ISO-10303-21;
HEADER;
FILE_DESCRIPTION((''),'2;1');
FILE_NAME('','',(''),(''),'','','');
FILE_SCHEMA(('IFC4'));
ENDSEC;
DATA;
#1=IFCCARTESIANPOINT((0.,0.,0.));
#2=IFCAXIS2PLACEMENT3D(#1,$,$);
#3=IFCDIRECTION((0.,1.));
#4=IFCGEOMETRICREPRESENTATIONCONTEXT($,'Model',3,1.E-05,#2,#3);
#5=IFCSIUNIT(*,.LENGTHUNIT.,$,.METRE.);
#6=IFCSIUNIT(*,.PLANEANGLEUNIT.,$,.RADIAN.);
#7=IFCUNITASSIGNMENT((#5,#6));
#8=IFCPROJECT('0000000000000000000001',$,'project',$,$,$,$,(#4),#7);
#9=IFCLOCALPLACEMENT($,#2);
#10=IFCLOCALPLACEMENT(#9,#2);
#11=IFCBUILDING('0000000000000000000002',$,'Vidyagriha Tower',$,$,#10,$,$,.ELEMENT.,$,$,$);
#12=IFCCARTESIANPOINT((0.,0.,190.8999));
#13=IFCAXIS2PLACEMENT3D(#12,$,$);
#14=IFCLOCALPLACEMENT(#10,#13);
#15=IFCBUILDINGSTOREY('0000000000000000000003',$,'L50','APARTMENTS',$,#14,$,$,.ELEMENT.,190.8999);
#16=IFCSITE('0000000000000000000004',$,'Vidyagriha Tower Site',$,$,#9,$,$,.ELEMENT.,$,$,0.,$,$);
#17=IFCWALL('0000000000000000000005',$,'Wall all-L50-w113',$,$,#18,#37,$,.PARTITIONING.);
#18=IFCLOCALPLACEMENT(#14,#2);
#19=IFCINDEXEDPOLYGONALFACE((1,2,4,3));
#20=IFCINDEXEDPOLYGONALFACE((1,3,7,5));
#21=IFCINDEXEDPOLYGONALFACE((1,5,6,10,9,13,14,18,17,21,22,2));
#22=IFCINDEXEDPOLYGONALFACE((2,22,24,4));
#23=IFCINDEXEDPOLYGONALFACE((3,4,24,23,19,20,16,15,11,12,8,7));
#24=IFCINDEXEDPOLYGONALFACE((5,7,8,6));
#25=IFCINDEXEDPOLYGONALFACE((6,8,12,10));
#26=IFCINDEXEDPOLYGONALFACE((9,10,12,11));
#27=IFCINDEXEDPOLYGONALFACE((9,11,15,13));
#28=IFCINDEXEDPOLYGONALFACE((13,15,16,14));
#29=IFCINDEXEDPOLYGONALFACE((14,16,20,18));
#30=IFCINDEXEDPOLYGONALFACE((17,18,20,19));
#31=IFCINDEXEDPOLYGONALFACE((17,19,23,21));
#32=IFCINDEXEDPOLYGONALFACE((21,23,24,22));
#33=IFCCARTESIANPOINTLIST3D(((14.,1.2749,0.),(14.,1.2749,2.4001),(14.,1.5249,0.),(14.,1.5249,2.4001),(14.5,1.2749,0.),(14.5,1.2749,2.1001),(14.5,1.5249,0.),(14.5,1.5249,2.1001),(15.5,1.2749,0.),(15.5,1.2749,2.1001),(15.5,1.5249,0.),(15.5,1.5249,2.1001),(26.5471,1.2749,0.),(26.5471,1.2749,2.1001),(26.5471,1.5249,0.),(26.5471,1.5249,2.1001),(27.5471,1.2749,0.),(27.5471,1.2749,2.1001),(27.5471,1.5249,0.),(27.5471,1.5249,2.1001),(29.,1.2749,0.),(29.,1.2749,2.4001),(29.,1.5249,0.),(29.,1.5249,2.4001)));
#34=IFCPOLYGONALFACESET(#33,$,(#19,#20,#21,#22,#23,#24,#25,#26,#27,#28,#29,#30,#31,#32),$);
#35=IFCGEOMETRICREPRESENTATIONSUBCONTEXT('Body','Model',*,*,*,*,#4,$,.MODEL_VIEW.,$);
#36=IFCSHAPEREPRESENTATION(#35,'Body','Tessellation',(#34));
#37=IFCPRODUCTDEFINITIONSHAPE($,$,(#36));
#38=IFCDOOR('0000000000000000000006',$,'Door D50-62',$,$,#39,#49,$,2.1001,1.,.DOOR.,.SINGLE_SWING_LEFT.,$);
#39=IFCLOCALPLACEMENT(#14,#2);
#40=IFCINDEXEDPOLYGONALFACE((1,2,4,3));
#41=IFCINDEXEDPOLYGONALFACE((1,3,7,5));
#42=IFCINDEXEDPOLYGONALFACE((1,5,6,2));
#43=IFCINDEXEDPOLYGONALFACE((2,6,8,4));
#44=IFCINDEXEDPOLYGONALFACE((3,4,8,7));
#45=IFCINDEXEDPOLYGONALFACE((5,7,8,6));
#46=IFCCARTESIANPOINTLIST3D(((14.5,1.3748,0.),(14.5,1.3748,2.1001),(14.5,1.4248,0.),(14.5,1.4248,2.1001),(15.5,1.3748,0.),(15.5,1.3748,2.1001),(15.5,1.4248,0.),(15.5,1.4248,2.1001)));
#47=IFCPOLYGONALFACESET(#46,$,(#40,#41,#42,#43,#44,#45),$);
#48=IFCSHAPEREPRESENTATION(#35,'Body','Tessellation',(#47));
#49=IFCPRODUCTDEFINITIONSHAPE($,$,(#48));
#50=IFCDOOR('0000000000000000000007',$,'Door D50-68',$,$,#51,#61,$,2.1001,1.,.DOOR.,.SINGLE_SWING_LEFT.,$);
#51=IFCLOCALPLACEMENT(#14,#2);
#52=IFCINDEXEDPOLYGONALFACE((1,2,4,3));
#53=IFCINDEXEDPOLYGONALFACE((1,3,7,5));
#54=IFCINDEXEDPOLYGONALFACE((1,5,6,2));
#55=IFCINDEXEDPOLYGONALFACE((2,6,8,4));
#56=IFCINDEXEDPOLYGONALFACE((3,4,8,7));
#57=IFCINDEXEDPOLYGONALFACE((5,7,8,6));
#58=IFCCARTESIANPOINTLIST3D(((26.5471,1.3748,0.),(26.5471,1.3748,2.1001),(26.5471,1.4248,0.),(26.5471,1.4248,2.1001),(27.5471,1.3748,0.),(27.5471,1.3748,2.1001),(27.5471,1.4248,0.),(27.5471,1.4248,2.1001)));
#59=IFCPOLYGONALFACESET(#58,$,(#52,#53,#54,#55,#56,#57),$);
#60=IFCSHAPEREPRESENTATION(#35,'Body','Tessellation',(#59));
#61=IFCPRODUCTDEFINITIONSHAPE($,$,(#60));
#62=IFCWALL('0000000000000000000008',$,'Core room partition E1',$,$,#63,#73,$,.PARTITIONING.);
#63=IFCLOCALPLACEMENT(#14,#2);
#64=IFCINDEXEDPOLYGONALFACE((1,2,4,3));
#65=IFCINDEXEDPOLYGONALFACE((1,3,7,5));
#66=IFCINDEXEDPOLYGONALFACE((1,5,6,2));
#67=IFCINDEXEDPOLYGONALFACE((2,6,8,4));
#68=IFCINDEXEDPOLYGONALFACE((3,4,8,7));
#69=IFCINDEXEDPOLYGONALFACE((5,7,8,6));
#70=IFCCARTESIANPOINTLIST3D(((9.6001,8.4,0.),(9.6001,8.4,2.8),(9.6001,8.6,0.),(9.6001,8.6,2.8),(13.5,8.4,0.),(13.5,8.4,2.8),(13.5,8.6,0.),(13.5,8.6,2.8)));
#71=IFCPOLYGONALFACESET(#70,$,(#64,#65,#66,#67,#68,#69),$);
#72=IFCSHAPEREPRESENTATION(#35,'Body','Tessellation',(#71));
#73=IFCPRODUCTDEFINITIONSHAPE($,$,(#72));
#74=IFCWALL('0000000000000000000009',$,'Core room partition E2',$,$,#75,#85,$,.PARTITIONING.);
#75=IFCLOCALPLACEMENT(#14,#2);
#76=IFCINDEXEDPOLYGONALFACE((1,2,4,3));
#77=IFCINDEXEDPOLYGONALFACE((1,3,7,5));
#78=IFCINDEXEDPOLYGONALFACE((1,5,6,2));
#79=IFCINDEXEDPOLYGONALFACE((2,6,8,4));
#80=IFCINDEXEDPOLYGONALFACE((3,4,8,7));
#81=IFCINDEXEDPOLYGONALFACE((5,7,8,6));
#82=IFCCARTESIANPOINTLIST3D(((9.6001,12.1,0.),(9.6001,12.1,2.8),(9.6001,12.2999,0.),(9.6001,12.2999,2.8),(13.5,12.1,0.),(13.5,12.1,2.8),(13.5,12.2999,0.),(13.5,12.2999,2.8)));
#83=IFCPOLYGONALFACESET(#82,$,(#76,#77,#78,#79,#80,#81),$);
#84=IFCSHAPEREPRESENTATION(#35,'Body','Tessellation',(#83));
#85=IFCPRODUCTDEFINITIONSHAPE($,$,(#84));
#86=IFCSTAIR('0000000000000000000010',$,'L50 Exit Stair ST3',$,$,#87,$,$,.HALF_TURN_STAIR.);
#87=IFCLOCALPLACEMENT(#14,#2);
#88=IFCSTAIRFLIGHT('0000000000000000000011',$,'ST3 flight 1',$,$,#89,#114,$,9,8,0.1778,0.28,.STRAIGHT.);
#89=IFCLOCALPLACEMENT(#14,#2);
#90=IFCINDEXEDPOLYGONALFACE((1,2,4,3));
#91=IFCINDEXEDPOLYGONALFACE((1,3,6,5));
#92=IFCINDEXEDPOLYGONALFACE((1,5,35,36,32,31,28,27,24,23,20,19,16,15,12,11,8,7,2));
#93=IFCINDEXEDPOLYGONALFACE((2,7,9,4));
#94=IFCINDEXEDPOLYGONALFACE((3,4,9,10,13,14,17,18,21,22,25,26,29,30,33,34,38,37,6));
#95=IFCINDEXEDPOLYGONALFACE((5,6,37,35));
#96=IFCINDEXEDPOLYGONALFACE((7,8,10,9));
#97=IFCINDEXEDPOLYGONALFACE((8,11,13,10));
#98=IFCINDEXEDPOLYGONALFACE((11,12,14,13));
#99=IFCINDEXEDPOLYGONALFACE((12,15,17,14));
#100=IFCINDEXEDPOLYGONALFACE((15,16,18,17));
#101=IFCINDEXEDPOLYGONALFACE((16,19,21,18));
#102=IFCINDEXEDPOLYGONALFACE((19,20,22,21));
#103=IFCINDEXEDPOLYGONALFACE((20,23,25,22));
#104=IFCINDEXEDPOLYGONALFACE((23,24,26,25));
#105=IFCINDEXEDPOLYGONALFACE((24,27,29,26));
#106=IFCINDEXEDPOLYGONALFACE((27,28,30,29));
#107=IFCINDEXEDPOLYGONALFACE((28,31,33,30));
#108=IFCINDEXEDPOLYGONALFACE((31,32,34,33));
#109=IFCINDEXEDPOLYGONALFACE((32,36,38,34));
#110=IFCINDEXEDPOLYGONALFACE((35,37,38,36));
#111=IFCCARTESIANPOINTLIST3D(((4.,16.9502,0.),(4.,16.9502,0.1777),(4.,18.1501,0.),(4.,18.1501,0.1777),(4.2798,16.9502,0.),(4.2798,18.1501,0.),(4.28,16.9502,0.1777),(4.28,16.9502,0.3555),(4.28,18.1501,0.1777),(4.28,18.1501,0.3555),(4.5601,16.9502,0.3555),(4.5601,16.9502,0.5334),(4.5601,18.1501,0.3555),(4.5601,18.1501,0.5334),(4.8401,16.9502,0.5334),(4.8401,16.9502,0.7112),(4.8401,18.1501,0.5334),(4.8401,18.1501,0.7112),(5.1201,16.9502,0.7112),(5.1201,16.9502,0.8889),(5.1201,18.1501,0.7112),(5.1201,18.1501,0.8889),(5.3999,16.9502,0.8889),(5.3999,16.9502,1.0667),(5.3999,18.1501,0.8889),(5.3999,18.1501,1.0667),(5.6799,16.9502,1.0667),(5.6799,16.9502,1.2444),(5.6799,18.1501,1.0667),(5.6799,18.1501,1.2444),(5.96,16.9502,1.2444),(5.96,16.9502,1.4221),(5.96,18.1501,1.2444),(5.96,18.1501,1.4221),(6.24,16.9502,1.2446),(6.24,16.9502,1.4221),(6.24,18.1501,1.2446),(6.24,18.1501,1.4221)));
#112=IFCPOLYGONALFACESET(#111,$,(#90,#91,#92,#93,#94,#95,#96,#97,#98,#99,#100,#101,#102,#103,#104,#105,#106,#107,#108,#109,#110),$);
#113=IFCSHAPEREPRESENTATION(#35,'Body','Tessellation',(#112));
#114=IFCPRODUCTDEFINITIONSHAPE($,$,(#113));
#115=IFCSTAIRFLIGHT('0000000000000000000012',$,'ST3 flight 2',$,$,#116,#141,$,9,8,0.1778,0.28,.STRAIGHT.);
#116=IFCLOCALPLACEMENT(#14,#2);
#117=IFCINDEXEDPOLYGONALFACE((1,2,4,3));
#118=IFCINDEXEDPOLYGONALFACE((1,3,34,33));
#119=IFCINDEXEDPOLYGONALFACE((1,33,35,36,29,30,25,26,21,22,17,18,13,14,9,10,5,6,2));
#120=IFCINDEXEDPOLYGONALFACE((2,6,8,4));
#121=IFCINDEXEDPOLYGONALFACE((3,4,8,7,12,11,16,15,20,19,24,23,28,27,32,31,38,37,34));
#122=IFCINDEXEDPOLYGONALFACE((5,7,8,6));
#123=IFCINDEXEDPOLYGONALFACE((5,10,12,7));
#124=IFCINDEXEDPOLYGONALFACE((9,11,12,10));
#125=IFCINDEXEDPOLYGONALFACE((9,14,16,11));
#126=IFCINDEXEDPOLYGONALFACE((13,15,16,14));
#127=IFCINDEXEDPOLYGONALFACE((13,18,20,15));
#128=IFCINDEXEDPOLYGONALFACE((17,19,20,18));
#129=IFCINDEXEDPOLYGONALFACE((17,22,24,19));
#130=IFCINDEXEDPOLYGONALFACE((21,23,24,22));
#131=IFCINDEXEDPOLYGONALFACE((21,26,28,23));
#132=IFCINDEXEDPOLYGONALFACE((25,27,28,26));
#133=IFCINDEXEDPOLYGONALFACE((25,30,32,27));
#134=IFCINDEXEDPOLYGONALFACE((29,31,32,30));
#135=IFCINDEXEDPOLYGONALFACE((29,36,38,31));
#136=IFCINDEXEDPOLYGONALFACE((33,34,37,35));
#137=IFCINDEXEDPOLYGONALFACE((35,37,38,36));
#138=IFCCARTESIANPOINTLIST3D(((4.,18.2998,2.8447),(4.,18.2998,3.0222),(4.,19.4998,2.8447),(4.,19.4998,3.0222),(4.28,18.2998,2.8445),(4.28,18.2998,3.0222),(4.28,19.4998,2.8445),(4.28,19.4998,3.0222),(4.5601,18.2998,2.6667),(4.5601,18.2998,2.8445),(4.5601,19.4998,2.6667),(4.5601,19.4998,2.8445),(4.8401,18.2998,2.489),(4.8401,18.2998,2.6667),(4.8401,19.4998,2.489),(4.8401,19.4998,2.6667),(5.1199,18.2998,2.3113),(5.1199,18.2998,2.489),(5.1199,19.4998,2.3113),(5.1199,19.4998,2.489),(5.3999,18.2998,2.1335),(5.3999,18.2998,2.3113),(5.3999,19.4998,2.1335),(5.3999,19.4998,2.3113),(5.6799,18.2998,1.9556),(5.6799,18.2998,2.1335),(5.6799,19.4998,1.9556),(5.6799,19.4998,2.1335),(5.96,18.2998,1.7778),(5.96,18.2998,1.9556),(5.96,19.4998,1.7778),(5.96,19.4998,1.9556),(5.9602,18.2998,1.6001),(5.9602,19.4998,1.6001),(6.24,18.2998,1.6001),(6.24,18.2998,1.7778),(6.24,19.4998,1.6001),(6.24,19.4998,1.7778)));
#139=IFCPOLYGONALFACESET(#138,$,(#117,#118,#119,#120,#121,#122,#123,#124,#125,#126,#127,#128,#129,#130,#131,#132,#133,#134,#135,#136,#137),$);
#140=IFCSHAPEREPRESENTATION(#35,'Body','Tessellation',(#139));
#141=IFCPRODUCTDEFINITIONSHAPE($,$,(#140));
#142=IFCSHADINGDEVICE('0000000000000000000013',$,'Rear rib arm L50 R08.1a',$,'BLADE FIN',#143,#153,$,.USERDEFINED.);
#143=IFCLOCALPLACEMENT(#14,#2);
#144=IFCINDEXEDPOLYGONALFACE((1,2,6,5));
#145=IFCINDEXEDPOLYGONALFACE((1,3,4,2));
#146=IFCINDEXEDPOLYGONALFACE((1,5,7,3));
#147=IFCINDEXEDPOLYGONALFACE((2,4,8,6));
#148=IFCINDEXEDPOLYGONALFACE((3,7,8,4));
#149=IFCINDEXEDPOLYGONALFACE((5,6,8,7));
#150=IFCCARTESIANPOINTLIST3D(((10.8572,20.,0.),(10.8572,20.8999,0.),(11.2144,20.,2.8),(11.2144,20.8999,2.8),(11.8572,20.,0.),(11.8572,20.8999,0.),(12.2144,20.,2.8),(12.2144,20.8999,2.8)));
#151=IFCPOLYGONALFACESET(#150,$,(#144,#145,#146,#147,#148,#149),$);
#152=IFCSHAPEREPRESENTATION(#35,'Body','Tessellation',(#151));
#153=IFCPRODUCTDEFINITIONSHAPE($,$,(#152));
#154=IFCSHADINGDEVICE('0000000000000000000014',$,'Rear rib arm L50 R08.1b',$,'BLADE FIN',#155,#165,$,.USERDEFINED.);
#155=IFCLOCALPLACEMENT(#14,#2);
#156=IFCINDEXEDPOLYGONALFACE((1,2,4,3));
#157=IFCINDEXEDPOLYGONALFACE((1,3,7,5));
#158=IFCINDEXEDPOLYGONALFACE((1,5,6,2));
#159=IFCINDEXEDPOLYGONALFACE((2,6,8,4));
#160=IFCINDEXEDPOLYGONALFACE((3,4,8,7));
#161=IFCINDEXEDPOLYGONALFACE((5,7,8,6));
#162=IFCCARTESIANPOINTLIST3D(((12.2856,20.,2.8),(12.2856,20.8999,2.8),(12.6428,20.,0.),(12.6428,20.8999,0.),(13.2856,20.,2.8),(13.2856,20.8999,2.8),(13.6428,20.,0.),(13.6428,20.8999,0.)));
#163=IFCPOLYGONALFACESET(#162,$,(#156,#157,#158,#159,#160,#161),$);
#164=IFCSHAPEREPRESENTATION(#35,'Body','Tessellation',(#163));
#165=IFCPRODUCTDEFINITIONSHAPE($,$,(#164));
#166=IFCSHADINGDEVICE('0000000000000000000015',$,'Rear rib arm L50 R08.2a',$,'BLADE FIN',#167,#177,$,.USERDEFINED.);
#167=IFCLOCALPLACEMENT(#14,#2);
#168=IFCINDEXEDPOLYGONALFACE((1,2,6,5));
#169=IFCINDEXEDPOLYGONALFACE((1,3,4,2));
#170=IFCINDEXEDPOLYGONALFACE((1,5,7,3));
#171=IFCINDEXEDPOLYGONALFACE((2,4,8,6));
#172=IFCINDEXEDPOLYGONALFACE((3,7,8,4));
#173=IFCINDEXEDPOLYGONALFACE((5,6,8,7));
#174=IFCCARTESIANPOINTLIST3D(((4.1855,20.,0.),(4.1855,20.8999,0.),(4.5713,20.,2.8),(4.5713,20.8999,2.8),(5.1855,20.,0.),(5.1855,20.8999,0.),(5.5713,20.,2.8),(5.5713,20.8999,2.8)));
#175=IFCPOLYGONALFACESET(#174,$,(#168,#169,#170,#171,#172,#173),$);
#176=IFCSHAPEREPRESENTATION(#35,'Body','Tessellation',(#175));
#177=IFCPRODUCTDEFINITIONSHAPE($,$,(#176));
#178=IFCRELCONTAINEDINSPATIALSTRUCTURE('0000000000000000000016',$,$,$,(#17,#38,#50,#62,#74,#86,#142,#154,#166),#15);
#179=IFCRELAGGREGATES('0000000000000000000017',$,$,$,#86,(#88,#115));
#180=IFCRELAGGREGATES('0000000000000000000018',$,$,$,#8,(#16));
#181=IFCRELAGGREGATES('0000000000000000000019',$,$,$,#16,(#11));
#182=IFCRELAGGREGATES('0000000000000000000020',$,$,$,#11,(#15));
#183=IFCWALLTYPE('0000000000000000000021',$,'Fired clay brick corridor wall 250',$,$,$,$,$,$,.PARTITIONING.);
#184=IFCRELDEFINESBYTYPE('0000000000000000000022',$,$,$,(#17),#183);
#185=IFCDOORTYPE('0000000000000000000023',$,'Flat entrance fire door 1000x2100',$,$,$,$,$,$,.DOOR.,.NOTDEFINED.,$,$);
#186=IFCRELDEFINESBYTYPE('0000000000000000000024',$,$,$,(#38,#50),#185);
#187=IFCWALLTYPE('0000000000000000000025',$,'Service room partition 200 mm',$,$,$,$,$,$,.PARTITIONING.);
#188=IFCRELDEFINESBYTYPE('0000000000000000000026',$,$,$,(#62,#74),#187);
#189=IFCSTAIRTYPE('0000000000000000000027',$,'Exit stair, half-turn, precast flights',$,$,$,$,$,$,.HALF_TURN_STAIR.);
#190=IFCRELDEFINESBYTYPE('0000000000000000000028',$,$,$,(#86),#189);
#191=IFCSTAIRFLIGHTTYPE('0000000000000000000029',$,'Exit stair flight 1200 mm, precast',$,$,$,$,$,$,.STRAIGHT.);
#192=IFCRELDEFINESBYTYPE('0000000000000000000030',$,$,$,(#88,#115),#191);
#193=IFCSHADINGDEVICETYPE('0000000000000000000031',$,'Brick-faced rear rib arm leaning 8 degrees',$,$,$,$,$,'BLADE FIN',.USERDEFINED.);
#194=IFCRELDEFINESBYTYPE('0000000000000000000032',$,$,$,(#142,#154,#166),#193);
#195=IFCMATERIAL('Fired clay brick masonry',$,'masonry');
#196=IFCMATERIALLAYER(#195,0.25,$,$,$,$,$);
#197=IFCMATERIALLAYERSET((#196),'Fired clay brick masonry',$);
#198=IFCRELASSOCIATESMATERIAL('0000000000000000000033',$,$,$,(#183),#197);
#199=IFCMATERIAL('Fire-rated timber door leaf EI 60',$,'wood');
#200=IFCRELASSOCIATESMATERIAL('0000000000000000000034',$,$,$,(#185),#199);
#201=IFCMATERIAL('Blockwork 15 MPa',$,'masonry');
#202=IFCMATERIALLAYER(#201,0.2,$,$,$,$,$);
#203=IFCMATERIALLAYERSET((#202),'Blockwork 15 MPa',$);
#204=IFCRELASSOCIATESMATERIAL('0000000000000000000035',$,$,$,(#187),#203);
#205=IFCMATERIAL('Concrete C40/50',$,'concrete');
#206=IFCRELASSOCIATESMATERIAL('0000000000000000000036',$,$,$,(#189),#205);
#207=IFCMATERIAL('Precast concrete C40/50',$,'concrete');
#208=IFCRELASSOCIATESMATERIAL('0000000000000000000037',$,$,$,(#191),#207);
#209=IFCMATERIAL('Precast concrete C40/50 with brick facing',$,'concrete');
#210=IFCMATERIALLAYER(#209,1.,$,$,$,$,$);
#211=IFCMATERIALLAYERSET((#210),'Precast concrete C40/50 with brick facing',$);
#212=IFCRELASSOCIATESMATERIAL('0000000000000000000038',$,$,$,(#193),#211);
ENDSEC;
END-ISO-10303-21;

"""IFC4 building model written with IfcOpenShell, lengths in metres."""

from ifc_helpers import new_model, si_unit, direction, frame, frame_2d, origin, place, context, subcontext, project, spatial, polyline, rectangle, outline, extrude, material, layer, layer_set, type_object, element, fill, aggregate, save


model = new_model("IFC4")

# Units and contexts
model_context = context("Model", 3, precision=1e-05, world=origin(), true_north=direction((0.0, 1.0)))
body_context = subcontext(model_context, "Body", "Model", "MODEL_VIEW")
ifc_project = project(units=[si_unit("LENGTHUNIT", "METRE"), si_unit("PLANEANGLEUNIT", "RADIAN")], contexts=[model_context])

# Site, building, storey
site_placement = place(None, origin())
site = spatial("IfcSite", under=ifc_project, at=site_placement, Name="Vidyagriha Tower Site", CompositionType="ELEMENT", RefElevation=0.0)
building_placement = place(site_placement, origin())
building = spatial("IfcBuilding", under=site, at=building_placement, Name="Vidyagriha Tower", CompositionType="ELEMENT")
storey_placement = place(building_placement, frame((0.0, 0.0, 190.8999)))
storey = spatial("IfcBuildingStorey", under=building, at=storey_placement, Name="L50", Description="APARTMENTS", CompositionType="ELEMENT", Elevation=190.8999)

# Wall, openings, doors
ifc_material_1 = material(Name="Fired clay brick masonry", Category="masonry")
ifc_layer_1 = layer(ifc_material_1, 0.25)
ifc_layer_set_1 = layer_set([ifc_layer_1], Name="Fired clay brick masonry")
wall_type_1 = type_object("IfcWallType", Name="Fired clay brick corridor wall 250", PredefinedType="PARTITIONING", material=ifc_layer_set_1)
wall_1_placement = place(storey_placement, frame((14.0, 1.3999, 0.0)))
wall_1 = element("IfcWall", 1, at=wall_1_placement, inside=storey, type_object=wall_type_1, Name="Wall all-L50-w113", PredefinedType="PARTITIONING", context=body_context, shape_type="SweptSolid", body=[
    extrude(rectangle(XDim=15.0, YDim=0.25, at=frame_2d((7.5, 0.0))), origin(), (0.0, 0.0, 1.0), 2.4001),
])
opening_1_placement = place(wall_1_placement, frame((0.5, 0.0, 0.0)))
opening_1 = element("IfcOpeningElement", 2, at=opening_1_placement, cuts=wall_1, PredefinedType="OPENING", context=body_context, shape_type="SweptSolid", body=[
    extrude(rectangle(XDim=1.0, YDim=2.1001, at=frame_2d((0.5, 1.05))), frame((0.0, 0.135, 0.0), z_axis=(0.0, -1.0, 0.0), x_axis=(1.0, 0.0, 0.0)), (0.0, 0.0, 1.0), 0.27),
])
opening_2_placement = place(wall_1_placement, frame((12.5471, 0.0, 0.0)))
opening_2 = element("IfcOpeningElement", 3, at=opening_2_placement, cuts=wall_1, PredefinedType="OPENING", context=body_context, shape_type="SweptSolid", body=[
    extrude(rectangle(XDim=1.0, YDim=2.1001, at=frame_2d((0.5, 1.05))), frame((0.0, 0.135, 0.0), z_axis=(0.0, -1.0, 0.0), x_axis=(1.0, 0.0, 0.0)), (0.0, 0.0, 1.0), 0.27),
])
ifc_material_2 = material(Name="Fire-rated timber door leaf EI 60", Category="wood")
door_type_1 = type_object("IfcDoorType", Name="Flat entrance fire door 1000x2100", OperationType="NOTDEFINED", PredefinedType="DOOR", material=ifc_material_2)
door_1_placement = place(opening_1_placement, origin())
door_1 = element("IfcDoor", 4, at=door_1_placement, inside=storey, type_object=door_type_1, Name="Door D50-62", OperationType="SINGLE_SWING_LEFT", OverallHeight=2.1001, OverallWidth=1.0, PredefinedType="DOOR", context=body_context, shape_type="SweptSolid", body=[
    extrude(rectangle(XDim=1.0, YDim=2.1001, at=frame_2d((0.5, 1.05))), frame((0.0, 0.0249, 0.0), z_axis=(0.0, -1.0, 0.0), x_axis=(1.0, 0.0, 0.0)), (0.0, 0.0, 1.0), 0.05),
])
fill(opening_1, door_1)
door_2_placement = place(opening_2_placement, origin())
door_2 = element("IfcDoor", 5, at=door_2_placement, inside=storey, type_object=door_type_1, Name="Door D50-68", OperationType="SINGLE_SWING_LEFT", OverallHeight=2.1001, OverallWidth=1.0, PredefinedType="DOOR", context=body_context, shape_type="SweptSolid", body=[
    extrude(rectangle(XDim=1.0, YDim=2.1001, at=frame_2d((0.5, 1.05))), frame((0.0, 0.0249, 0.0), z_axis=(0.0, -1.0, 0.0), x_axis=(1.0, 0.0, 0.0)), (0.0, 0.0, 1.0), 0.05),
])
fill(opening_2, door_2)

# Walls
ifc_material_3 = material(Name="Blockwork 15 MPa", Category="masonry")
ifc_layer_2 = layer(ifc_material_3, 0.2)
ifc_layer_set_2 = layer_set([ifc_layer_2], Name="Blockwork 15 MPa")
wall_type_2 = type_object("IfcWallType", Name="Service room partition 200 mm", PredefinedType="PARTITIONING", material=ifc_layer_set_2)
for number, where, name in (
    (6, (9.6001, 8.5, 0.0), "Core room partition E1"),
    (7, (9.6001, 12.2, 0.0), "Core room partition E2"),
):
    element("IfcWall", number, at=place(storey_placement, frame(where)), inside=storey, type_object=wall_type_2, Name=name, PredefinedType="PARTITIONING", context=body_context, shape_type="SweptSolid", body=[
        extrude(rectangle(XDim=3.8999, YDim=0.2, at=frame_2d((1.95, 0.0))), origin(), (0.0, 0.0, 1.0), 2.8),
    ])

# Stair, stair flights
ifc_material_4 = material(Name="Concrete C40/50", Category="concrete")
stair_type = type_object("IfcStairType", Name="Exit stair, half-turn, precast flights", PredefinedType="HALF_TURN_STAIR", material=ifc_material_4)
stair_placement = place(storey_placement, origin())
stair = element("IfcStair", 8, at=stair_placement, inside=storey, type_object=stair_type, Name="L50 Exit Stair ST3", PredefinedType="HALF_TURN_STAIR")
ifc_material_5 = material(Name="Precast concrete C40/50", Category="concrete")
stair_flight_type = type_object("IfcStairFlightType", Name="Exit stair flight 1200 mm, precast", PredefinedType="STRAIGHT", material=ifc_material_5)
stair_flight_1_placement = place(storey_placement, frame((4.0, 17.55, 0.0)))
stair_flight_1 = element("IfcStairFlight", 9, at=stair_flight_1_placement, type_object=stair_flight_type, Name="ST3 flight 1", NumberOfRisers=9, NumberOfTreads=8, PredefinedType="STRAIGHT", RiserHeight=0.1778, TreadLength=0.28, context=body_context, shape_type="SweptSolid", body=[
    extrude(outline(polyline([(0.0, 0.0), (0.0, 0.1777), (0.28, 0.1777), (0.28, 0.3555), (0.5601, 0.3555), (0.5601, 0.5334), (0.8401, 0.5334), (0.8401, 0.7112), (1.1201, 0.7112), (1.1201, 0.8889), (1.3999, 0.8889), (1.3999, 1.0667), (1.6799, 1.0667), (1.6799, 1.2444), (1.96, 1.2444), (1.96, 1.4221), (2.24, 1.4221), (2.24, 1.6001), (2.24, 1.2446), (0.2798, 0.0), (0.0, 0.0)])), frame((0.0, 0.6001, 0.0), z_axis=(0.0, -1.0, 0.0), x_axis=(1.0, 0.0, 0.0)), (0.0, 0.0, 1.0), 1.2),
])
stair_flight_2_placement = place(storey_placement, frame((6.24, 18.8999, 1.6001), z_axis=(0.0, 0.0, 1.0), x_axis=(-1.0, 0.0, 0.0)))
stair_flight_2 = element("IfcStairFlight", 10, at=stair_flight_2_placement, type_object=stair_flight_type, Name="ST3 flight 2", NumberOfRisers=9, NumberOfTreads=8, PredefinedType="STRAIGHT", RiserHeight=0.1778, TreadLength=0.28, context=body_context, shape_type="SweptSolid", body=[
    extrude(outline(polyline([(0.0, 0.0), (0.0, 0.1777), (0.28, 0.1777), (0.28, 0.3555), (0.5601, 0.3555), (0.5601, 0.5334), (0.8401, 0.5334), (0.8401, 0.7112), (1.1201, 0.7112), (1.1201, 0.8889), (1.3999, 0.8889), (1.3999, 1.0667), (1.6799, 1.0667), (1.6799, 1.2444), (1.96, 1.2444), (1.96, 1.4221), (2.24, 1.4221), (2.24, 1.6001), (2.24, 1.2446), (0.2798, 0.0), (0.0, 0.0)])), frame((0.0, 0.6001, 0.0), z_axis=(0.0, -1.0, 0.0), x_axis=(1.0, 0.0, 0.0)), (0.0, 0.0, 1.0), 1.2),
])
aggregate(stair, [stair_flight_1, stair_flight_2])

# Shading devices
ifc_material_6 = material(Name="Precast concrete C40/50 with brick facing", Category="concrete")
ifc_layer_3 = layer(ifc_material_6, 1.0)
ifc_layer_set_3 = layer_set([ifc_layer_3], Name="Precast concrete C40/50 with brick facing")
shading_device_type = type_object("IfcShadingDeviceType", Name="Brick-faced rear rib arm leaning 8 degrees", ElementType="BLADE FIN", PredefinedType="USERDEFINED", material=ifc_layer_set_3)
shading_device_1_placement = place(storey_placement, frame((12.2144, 20.45, 0.0), z_axis=(0.0, 0.0, 1.0), x_axis=(-1.0, 0.0, 0.0)))
element("IfcShadingDevice", 11, at=shading_device_1_placement, inside=storey, type_object=shading_device_type, Name="Rear rib arm L50 R08.1a", ObjectType="BLADE FIN", PredefinedType="USERDEFINED", context=body_context, shape_type="SweptSolid", body=[
    extrude(outline(polyline([(0.3572, 0.0), (1.3572, 0.0), (1.0, 2.8), (0.0, 2.8), (0.3572, 0.0)])), frame((0.0, 0.45, 0.0), z_axis=(0.0, -1.0, 0.0), x_axis=(1.0, 0.0, 0.0)), (0.0, 0.0, 1.0), 0.8999),
])
shading_device_2_placement = place(storey_placement, frame((13.6428, 20.45, 0.0), z_axis=(0.0, 0.0, 1.0), x_axis=(-1.0, 0.0, 0.0)))
element("IfcShadingDevice", 12, at=shading_device_2_placement, inside=storey, type_object=shading_device_type, Name="Rear rib arm L50 R08.1b", ObjectType="BLADE FIN", PredefinedType="USERDEFINED", context=body_context, shape_type="SweptSolid", body=[
    extrude(outline(polyline([(0.0, 0.0), (1.0, 0.0), (1.3572, 2.8), (0.3572, 2.8), (0.0, 0.0)])), frame((0.0, 0.45, 0.0), z_axis=(0.0, -1.0, 0.0), x_axis=(1.0, 0.0, 0.0)), (0.0, 0.0, 1.0), 0.8999),
])
shading_device_3_placement = place(storey_placement, frame((5.5713, 20.45, 0.0), z_axis=(0.0, 0.0, 1.0), x_axis=(-1.0, 0.0, 0.0)))
element("IfcShadingDevice", 13, at=shading_device_3_placement, inside=storey, type_object=shading_device_type, Name="Rear rib arm L50 R08.2a", ObjectType="BLADE FIN", PredefinedType="USERDEFINED", context=body_context, shape_type="SweptSolid", body=[
    extrude(outline(polyline([(0.3857, 0.0), (1.3857, 0.0), (1.0, 2.8), (0.0, 2.8), (0.3857, 0.0)])), frame((0.0, 0.45, 0.0), z_axis=(0.0, -1.0, 0.0), x_axis=(1.0, 0.0, 0.0)), (0.0, 0.0, 1.0), 0.8999),
])

save(model, "model.ifc")
